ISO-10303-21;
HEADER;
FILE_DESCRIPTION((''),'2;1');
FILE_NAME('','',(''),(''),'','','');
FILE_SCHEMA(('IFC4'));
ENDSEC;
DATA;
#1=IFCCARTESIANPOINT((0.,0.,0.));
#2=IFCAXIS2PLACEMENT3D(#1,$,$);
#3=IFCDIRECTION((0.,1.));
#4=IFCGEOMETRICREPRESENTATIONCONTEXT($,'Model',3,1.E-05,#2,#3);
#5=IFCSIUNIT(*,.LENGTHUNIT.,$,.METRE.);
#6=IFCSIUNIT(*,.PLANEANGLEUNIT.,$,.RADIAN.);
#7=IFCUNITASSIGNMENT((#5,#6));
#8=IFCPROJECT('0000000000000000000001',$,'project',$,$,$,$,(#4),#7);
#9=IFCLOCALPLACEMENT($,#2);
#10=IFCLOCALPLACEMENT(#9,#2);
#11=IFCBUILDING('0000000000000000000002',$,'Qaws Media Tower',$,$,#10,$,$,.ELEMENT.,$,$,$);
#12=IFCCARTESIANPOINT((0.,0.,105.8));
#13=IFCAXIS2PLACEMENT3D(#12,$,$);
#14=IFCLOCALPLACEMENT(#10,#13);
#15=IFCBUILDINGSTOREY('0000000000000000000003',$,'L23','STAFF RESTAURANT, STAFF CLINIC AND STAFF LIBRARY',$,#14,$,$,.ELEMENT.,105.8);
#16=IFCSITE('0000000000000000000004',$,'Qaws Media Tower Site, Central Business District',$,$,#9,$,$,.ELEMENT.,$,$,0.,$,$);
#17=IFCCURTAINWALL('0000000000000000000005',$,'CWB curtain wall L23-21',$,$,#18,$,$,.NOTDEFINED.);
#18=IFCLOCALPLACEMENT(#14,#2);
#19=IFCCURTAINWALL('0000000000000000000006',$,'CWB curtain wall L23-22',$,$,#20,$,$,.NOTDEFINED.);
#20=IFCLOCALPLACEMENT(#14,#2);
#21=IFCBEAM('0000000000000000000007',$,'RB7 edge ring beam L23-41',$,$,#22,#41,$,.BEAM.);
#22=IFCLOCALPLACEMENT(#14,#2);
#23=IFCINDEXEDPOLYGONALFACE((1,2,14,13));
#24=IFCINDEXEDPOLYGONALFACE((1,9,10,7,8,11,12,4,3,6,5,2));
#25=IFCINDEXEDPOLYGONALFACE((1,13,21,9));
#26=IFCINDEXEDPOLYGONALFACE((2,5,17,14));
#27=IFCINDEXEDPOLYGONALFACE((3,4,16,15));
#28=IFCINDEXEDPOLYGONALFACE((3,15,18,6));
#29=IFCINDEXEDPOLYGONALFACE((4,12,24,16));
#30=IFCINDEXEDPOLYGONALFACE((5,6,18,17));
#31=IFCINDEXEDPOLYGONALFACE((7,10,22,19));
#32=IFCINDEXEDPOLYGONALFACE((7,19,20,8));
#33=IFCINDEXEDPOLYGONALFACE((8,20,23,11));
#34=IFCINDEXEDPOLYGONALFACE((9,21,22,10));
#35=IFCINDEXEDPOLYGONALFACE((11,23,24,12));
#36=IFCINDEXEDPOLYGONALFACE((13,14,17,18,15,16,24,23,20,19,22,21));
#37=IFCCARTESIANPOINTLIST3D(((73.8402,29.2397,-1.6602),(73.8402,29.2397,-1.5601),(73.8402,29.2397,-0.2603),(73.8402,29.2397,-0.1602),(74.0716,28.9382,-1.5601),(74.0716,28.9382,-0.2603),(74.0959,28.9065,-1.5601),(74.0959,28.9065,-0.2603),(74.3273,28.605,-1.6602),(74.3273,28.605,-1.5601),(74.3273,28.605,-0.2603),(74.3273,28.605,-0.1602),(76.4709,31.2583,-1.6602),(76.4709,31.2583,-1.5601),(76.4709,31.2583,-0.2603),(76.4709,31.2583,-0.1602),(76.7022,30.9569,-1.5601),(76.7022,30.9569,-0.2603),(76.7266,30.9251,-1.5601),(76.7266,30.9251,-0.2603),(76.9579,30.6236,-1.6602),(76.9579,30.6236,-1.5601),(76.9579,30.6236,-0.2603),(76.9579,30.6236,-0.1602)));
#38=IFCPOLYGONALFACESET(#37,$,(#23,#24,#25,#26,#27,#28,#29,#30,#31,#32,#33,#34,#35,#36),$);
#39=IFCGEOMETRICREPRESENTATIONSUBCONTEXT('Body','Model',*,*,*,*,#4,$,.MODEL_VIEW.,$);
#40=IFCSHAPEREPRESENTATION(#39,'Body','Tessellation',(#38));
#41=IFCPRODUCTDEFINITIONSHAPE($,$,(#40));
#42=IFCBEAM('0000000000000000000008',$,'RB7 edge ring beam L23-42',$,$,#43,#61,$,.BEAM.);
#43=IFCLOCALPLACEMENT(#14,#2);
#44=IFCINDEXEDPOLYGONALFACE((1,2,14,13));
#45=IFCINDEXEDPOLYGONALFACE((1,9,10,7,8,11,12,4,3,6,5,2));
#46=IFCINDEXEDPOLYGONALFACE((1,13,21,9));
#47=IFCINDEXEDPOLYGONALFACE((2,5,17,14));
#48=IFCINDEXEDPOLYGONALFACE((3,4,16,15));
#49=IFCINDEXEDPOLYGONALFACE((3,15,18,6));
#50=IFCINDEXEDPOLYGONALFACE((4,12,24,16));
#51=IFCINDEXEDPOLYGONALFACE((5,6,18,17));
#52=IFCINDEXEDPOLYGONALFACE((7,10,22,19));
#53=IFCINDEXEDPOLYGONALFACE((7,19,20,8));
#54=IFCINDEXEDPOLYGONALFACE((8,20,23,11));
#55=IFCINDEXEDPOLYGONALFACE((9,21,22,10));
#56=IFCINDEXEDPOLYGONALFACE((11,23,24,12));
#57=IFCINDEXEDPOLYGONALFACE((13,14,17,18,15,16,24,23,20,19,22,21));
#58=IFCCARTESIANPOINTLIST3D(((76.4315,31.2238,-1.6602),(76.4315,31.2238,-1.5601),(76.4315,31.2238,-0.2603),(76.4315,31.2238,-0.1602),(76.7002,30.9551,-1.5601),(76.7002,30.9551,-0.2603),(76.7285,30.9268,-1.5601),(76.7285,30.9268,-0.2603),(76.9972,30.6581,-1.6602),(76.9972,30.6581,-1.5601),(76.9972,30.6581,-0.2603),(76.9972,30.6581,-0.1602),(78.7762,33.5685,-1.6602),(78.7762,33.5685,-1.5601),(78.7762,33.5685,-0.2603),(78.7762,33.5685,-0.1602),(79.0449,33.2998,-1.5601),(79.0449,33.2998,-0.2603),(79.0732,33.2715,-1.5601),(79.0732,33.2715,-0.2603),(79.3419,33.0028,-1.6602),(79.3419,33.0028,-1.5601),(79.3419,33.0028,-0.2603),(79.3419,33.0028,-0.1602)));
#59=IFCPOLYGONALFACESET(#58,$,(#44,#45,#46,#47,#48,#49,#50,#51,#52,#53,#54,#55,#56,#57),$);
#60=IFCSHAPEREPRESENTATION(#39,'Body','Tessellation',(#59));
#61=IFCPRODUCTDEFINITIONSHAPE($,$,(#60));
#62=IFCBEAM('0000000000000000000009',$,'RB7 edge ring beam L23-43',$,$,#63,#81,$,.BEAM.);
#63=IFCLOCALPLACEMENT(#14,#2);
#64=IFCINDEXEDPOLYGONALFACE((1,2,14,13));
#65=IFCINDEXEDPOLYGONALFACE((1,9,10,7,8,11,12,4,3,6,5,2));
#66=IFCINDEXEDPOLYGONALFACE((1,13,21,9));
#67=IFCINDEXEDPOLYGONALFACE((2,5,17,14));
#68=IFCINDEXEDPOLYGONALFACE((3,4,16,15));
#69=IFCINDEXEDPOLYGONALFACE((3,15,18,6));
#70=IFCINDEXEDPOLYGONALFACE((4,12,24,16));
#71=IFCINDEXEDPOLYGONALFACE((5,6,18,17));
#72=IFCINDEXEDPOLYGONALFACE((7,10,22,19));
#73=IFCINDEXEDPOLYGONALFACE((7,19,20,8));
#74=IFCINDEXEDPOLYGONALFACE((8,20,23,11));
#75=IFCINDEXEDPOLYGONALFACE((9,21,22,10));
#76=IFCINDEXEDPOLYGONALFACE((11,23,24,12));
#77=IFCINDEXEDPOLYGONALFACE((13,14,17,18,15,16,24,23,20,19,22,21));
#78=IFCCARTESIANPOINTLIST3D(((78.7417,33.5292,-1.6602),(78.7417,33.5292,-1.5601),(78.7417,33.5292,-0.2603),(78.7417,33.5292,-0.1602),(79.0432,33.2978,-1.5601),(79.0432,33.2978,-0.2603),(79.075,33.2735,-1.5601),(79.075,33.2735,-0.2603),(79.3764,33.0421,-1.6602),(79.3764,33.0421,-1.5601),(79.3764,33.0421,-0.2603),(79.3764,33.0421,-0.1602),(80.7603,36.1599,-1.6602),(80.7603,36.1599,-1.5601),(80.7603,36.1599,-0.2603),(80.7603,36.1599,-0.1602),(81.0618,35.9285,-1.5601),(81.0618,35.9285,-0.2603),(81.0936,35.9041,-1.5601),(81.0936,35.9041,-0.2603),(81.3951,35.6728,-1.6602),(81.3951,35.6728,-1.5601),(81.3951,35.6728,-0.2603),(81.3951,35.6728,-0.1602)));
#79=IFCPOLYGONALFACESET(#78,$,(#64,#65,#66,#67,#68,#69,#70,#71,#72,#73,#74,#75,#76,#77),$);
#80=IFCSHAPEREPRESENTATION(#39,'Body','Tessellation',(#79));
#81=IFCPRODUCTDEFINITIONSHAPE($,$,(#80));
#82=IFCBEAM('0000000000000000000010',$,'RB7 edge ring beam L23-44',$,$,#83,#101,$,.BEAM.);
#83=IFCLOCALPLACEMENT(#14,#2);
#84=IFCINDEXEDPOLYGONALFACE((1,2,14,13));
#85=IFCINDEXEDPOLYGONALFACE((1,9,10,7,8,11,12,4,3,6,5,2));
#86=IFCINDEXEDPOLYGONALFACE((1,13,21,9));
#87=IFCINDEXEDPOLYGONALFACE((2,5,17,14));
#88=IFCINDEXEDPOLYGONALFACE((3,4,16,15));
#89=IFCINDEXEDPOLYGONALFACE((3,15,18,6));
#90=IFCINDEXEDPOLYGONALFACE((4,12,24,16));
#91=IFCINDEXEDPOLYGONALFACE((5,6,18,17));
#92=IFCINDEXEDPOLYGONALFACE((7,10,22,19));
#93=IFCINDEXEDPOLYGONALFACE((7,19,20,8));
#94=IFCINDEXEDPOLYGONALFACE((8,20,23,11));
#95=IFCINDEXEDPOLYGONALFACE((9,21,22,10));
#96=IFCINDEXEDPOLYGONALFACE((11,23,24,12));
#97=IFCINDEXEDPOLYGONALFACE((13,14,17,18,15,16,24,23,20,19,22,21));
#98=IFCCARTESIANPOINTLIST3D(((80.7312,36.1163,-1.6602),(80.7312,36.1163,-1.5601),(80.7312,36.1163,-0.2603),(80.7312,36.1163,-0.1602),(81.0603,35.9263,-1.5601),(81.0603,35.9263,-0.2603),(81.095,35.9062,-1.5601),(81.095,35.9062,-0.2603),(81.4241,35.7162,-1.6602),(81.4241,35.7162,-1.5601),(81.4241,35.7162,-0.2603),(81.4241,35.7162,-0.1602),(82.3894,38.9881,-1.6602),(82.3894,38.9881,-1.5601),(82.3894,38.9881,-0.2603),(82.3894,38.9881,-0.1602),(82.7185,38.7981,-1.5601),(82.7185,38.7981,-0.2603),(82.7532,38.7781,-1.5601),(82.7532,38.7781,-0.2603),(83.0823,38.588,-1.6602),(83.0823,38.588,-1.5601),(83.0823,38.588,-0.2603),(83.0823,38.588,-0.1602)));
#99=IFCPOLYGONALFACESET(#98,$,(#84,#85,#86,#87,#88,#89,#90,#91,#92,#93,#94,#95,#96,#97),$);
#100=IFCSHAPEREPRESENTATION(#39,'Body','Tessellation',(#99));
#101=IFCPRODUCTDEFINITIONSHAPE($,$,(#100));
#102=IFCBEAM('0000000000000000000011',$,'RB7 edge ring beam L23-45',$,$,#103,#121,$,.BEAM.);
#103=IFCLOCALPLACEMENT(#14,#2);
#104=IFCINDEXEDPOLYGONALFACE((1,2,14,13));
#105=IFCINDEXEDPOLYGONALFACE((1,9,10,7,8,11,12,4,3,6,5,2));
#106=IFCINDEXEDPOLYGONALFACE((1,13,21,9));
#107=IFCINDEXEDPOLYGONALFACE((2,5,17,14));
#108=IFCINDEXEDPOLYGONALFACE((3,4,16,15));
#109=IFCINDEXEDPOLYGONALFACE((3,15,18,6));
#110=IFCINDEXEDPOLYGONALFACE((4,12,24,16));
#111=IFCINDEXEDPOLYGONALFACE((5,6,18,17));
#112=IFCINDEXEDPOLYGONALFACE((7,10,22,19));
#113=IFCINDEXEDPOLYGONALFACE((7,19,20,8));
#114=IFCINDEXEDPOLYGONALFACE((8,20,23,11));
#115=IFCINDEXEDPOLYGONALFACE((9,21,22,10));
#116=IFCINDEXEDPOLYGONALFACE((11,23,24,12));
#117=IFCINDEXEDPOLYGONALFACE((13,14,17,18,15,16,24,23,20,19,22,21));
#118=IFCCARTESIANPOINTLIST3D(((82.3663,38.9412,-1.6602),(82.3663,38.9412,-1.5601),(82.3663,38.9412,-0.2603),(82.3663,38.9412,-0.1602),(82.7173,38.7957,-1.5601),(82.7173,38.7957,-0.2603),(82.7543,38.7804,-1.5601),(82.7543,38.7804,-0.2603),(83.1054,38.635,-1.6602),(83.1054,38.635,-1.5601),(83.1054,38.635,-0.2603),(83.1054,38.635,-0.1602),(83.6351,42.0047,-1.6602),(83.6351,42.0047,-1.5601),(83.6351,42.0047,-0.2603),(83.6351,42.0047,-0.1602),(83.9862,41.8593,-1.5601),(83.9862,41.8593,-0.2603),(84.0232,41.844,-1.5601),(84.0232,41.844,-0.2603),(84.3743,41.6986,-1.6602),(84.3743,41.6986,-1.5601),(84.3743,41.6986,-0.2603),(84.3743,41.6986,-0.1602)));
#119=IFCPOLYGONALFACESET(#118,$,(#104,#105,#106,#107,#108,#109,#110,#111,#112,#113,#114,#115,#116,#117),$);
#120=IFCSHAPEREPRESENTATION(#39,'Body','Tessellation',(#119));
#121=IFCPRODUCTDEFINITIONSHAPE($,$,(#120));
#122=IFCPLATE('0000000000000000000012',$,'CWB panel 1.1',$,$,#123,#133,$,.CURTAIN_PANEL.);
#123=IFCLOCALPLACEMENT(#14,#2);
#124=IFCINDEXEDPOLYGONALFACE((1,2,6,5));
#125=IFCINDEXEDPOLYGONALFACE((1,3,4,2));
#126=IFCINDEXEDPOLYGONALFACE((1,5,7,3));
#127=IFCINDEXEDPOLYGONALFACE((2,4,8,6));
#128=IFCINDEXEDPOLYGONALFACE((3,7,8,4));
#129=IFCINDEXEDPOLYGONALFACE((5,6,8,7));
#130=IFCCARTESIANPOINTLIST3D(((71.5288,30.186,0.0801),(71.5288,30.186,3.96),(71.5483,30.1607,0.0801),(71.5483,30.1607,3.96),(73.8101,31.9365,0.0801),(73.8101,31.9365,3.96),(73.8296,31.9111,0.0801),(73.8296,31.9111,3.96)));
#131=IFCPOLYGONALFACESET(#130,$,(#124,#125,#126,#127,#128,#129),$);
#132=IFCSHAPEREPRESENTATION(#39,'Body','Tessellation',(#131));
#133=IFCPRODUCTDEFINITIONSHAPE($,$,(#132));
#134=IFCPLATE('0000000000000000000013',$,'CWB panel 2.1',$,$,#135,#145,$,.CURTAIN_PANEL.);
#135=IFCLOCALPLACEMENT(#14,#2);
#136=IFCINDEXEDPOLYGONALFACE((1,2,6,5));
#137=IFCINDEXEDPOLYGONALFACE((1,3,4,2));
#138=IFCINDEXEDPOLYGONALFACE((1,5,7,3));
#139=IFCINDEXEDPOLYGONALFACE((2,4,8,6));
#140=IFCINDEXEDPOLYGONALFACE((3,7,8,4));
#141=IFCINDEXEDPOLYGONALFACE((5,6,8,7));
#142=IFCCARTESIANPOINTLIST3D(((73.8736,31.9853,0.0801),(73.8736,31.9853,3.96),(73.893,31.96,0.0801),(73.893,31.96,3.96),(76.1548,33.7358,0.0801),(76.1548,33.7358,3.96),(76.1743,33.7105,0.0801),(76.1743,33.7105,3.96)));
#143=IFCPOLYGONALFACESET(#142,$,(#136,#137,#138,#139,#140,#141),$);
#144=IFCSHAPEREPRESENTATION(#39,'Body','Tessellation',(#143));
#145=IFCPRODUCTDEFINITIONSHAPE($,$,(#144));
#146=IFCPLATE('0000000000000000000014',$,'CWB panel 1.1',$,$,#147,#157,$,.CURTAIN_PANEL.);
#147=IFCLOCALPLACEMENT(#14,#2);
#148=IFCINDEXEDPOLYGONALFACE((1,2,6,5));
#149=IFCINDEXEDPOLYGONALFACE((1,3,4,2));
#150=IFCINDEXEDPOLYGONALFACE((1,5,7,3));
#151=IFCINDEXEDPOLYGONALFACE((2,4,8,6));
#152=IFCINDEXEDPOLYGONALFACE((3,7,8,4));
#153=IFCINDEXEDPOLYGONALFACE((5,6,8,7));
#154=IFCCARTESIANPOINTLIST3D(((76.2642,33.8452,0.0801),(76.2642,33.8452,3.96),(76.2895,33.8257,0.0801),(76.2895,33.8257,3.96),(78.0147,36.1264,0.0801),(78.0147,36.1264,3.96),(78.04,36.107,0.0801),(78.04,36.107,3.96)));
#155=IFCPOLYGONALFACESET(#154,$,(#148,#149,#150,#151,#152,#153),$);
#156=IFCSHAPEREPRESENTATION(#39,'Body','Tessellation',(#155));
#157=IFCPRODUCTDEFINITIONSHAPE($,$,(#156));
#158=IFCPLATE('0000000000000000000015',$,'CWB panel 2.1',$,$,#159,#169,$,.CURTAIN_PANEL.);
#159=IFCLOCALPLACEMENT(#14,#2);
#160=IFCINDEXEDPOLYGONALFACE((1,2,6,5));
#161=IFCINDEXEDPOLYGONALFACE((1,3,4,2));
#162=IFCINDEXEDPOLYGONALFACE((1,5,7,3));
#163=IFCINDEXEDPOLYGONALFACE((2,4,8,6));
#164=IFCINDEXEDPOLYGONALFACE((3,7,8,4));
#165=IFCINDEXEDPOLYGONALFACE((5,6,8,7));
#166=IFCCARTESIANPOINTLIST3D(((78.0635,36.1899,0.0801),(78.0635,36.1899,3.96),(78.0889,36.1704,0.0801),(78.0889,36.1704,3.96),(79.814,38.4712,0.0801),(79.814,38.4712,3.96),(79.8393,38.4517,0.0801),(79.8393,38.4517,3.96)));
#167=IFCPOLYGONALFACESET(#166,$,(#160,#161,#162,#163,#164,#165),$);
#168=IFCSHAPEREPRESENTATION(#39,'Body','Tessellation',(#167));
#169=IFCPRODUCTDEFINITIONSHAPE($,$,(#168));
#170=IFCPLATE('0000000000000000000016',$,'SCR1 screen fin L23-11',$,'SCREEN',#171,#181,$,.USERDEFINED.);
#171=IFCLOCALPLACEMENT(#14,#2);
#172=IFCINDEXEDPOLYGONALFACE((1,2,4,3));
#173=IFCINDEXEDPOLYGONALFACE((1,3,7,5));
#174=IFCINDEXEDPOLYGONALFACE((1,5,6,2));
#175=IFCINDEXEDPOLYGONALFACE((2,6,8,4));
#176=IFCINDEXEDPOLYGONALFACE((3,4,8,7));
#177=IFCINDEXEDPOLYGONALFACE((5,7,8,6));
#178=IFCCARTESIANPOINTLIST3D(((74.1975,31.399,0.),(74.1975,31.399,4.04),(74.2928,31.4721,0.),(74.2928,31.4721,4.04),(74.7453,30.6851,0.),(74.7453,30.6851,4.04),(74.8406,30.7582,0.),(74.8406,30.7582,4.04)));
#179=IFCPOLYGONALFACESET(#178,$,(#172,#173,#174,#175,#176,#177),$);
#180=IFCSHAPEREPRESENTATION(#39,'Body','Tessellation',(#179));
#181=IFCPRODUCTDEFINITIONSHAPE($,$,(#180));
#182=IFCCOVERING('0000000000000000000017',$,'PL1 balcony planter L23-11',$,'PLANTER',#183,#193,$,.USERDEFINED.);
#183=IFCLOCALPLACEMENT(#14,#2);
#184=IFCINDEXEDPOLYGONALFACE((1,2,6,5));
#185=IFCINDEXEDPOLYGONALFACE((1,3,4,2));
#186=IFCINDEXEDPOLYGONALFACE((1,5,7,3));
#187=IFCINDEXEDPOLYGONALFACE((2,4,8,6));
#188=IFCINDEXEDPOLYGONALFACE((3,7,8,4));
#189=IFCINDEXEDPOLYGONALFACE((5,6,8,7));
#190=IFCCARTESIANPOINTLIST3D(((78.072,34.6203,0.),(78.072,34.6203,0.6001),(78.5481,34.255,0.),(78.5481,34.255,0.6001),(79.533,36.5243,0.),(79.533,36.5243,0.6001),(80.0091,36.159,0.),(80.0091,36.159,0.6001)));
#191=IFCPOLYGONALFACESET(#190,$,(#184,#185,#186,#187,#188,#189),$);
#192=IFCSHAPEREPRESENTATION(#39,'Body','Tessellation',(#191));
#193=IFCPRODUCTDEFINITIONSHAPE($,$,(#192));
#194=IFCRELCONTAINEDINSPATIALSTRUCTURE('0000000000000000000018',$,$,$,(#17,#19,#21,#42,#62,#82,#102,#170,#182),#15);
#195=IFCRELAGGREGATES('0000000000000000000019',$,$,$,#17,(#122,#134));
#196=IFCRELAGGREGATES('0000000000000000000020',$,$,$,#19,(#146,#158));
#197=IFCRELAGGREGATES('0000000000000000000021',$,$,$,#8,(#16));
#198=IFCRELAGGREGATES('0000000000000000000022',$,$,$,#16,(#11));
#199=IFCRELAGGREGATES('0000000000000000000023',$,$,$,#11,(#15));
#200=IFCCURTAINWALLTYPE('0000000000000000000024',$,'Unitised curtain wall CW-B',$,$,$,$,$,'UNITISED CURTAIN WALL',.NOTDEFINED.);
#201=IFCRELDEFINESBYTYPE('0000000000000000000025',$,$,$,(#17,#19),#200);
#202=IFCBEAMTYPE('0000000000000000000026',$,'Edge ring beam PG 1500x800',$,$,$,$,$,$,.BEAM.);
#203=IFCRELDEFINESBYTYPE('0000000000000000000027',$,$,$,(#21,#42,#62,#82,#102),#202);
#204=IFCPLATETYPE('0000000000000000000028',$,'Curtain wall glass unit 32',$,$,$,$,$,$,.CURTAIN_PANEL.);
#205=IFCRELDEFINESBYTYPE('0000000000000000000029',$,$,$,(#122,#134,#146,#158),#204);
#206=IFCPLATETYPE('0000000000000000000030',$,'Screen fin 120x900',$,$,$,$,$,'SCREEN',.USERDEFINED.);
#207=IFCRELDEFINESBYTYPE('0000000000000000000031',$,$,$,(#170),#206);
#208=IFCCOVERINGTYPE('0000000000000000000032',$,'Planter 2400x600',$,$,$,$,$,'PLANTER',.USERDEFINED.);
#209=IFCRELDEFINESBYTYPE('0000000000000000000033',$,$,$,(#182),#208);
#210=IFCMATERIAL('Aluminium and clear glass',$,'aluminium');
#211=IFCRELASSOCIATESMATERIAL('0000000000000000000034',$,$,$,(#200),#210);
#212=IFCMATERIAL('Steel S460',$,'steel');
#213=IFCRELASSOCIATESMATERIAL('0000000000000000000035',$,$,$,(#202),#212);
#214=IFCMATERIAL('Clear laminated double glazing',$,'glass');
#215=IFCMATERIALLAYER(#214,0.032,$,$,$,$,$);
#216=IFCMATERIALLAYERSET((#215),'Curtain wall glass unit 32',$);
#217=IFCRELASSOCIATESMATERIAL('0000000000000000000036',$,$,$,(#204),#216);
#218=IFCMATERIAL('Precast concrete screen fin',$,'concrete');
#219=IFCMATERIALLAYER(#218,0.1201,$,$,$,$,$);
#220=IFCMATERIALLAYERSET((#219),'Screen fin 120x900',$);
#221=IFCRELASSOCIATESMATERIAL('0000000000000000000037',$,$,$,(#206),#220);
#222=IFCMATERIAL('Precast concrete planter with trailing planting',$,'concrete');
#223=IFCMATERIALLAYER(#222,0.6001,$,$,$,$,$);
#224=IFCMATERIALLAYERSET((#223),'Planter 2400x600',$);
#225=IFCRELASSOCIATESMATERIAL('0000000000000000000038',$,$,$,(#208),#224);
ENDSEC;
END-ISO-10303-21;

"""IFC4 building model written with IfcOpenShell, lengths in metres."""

from ifc_helpers import new_model, si_unit, direction, frame, origin, origin_2d, place, context, subcontext, project, spatial, rectangle, i_section, extrude, material, layer, layer_set, material_profile, profile_set, type_object, element, aggregate, save


model = new_model("IFC4")

# Units and contexts
model_context = context("Model", 3, precision=1e-05, world=origin(), true_north=direction((0.0, 1.0)))
body_context = subcontext(model_context, "Body", "Model", "MODEL_VIEW")
ifc_project = project(units=[si_unit("LENGTHUNIT", "METRE"), si_unit("PLANEANGLEUNIT", "RADIAN")], contexts=[model_context])

# Site, building, storey
site_placement = place(None, origin())
site = spatial("IfcSite", under=ifc_project, at=site_placement, Name="Qaws Media Tower Site, Central Business District", CompositionType="ELEMENT", RefElevation=0.0)
building_placement = place(site_placement, origin())
building = spatial("IfcBuilding", under=site, at=building_placement, Name="Qaws Media Tower", CompositionType="ELEMENT")
storey_placement = place(building_placement, frame((0.0, 0.0, 105.8)))
storey = spatial("IfcBuildingStorey", under=building, at=storey_placement, Name="L23", Description="STAFF RESTAURANT, STAFF CLINIC AND STAFF LIBRARY", CompositionType="ELEMENT", Elevation=105.8)

# Curtain walls
ifc_material_1 = material(Name="Aluminium and clear glass", Category="aluminium")
curtain_wall_type = type_object("IfcCurtainWallType", Name="Unitised curtain wall CW-B", ElementType="UNITISED CURTAIN WALL", PredefinedType="NOTDEFINED", material=ifc_material_1)
curtain_wall_1_placement = place(storey_placement, origin())
curtain_wall_1 = element("IfcCurtainWall", 1, at=curtain_wall_1_placement, inside=storey, type_object=curtain_wall_type, Name="CWB curtain wall L23-21", PredefinedType="NOTDEFINED")
curtain_wall_2_placement = place(storey_placement, origin())
curtain_wall_2 = element("IfcCurtainWall", 2, at=curtain_wall_2_placement, inside=storey, type_object=curtain_wall_type, Name="CWB curtain wall L23-22", PredefinedType="NOTDEFINED")

# Beams
ifc_material_2 = material(Name="Steel S460", Category="steel")
ifc_material_profile_1 = material_profile(ifc_material_2, i_section(OverallWidth=0.8, OverallDepth=1.5, WebThickness=0.04, FlangeThickness=0.1001, at=origin_2d()), Name="PG 1500x800")
ifc_profile_set_1 = profile_set([ifc_material_profile_1], Name="Steel S460")
beam_type = type_object("IfcBeamType", Name="Edge ring beam PG 1500x800", PredefinedType="BEAM", material=ifc_profile_set_1)
for number, where, z_axis, x_axis, name in (
    (3, (74.0837, 28.9224, -0.9102), (0.793352, 0.608764, 0.0), (-0.608764, 0.793352, 0.0), "RB7 edge ring beam L23-41"),
    (4, (76.7144, 30.9409, -0.9102), (0.707107, 0.707107, 0.0), (-0.707107, 0.707107, 0.0), "RB7 edge ring beam L23-42"),
    (5, (79.0591, 33.2856, -0.9102), (0.608764, 0.793352, 0.0), (-0.793352, 0.608764, 0.0), "RB7 edge ring beam L23-43"),
):
    element("IfcBeam", number, at=place(storey_placement, frame(where, z_axis=z_axis, x_axis=x_axis)), inside=storey, type_object=beam_type, Name=name, PredefinedType="BEAM", context=body_context, shape_type="SweptSolid", body=[
        extrude(i_section(OverallWidth=0.8, OverallDepth=1.5, WebThickness=0.04, FlangeThickness=0.1001, at=origin_2d()), origin(), (0.0, 0.0, 1.0), 3.3159),
    ])
beam_1_placement = place(storey_placement, frame((81.0776, 35.9163, -0.9102), z_axis=(0.500035, 0.866005, 0.0), x_axis=(-0.866005, 0.500035, 0.0)))
element("IfcBeam", 6, at=beam_1_placement, inside=storey, type_object=beam_type, Name="RB7 edge ring beam L23-44", PredefinedType="BEAM", context=body_context, shape_type="SweptSolid", body=[
    extrude(i_section(OverallWidth=0.8, OverallDepth=1.5, WebThickness=0.04, FlangeThickness=0.1001, at=origin_2d()), origin(), (0.0, 0.0, 1.0), 3.3162),
])
beam_2_placement = place(storey_placement, frame((82.7358, 38.7881, -0.9102), z_axis=(0.382649, 0.923894, 0.0), x_axis=(-0.923894, 0.382649, 0.0)))
element("IfcBeam", 7, at=beam_2_placement, inside=storey, type_object=beam_type, Name="RB7 edge ring beam L23-45", PredefinedType="BEAM", context=body_context, shape_type="SweptSolid", body=[
    extrude(i_section(OverallWidth=0.8, OverallDepth=1.5, WebThickness=0.04, FlangeThickness=0.1001, at=origin_2d()), origin(), (0.0, 0.0, 1.0), 3.3159),
])

# Plates
ifc_material_3 = material(Name="Clear laminated double glazing", Category="glass")
ifc_layer_1 = layer(ifc_material_3, 0.032)
ifc_layer_set_1 = layer_set([ifc_layer_1], Name="Curtain wall glass unit 32")
plate_type_1 = type_object("IfcPlateType", Name="Curtain wall glass unit 32", PredefinedType="CURTAIN_PANEL", material=ifc_layer_set_1)
plate_1_placement = place(storey_placement, frame((72.6792, 31.0486, 0.0801), z_axis=(0.0, 0.0, 1.0), x_axis=(0.793353, 0.608761, 0.0)))
plate_1 = element("IfcPlate", 8, at=plate_1_placement, type_object=plate_type_1, Name="CWB panel 1.1", PredefinedType="CURTAIN_PANEL", context=body_context, shape_type="SweptSolid", body=[
    extrude(rectangle(XDim=2.8755, YDim=0.032, at=origin_2d()), origin(), (0.0, 0.0, 1.0), 3.8799),
])
plate_2_placement = place(storey_placement, frame((75.0239, 32.8479, 0.0801), z_axis=(0.0, 0.0, 1.0), x_axis=(0.793353, 0.608761, 0.0)))
plate_2 = element("IfcPlate", 9, at=plate_2_placement, type_object=plate_type_1, Name="CWB panel 2.1", PredefinedType="CURTAIN_PANEL", context=body_context, shape_type="SweptSolid", body=[
    extrude(rectangle(XDim=2.8755, YDim=0.032, at=origin_2d()), origin(), (0.0, 0.0, 1.0), 3.8799),
])
aggregate(curtain_wall_1, [plate_1, plate_2])
plate_3_placement = place(storey_placement, frame((77.1521, 34.9761, 0.0801), z_axis=(0.0, 0.0, 1.0), x_axis=(0.608761, 0.793353, 0.0)))
plate_3 = element("IfcPlate", 10, at=plate_3_placement, type_object=plate_type_1, Name="CWB panel 1.1", PredefinedType="CURTAIN_PANEL", context=body_context, shape_type="SweptSolid", body=[
    extrude(rectangle(XDim=2.8755, YDim=0.032, at=origin_2d()), origin(), (0.0, 0.0, 1.0), 3.8799),
])
plate_4_placement = place(storey_placement, frame((78.9514, 37.3208, 0.0801), z_axis=(0.0, 0.0, 1.0), x_axis=(0.608761, 0.793353, 0.0)))
plate_4 = element("IfcPlate", 11, at=plate_4_placement, type_object=plate_type_1, Name="CWB panel 2.1", PredefinedType="CURTAIN_PANEL", context=body_context, shape_type="SweptSolid", body=[
    extrude(rectangle(XDim=2.8755, YDim=0.032, at=origin_2d()), origin(), (0.0, 0.0, 1.0), 3.8799),
])
aggregate(curtain_wall_2, [plate_3, plate_4])
ifc_material_4 = material(Name="Precast concrete screen fin", Category="concrete")
ifc_layer_2 = layer(ifc_material_4, 0.1201)
ifc_layer_set_2 = layer_set([ifc_layer_2], Name="Screen fin 120x900")
plate_type_2 = type_object("IfcPlateType", Name="Screen fin 120x900", ElementType="SCREEN", PredefinedType="USERDEFINED", material=ifc_layer_set_2)
plate_5_placement = place(storey_placement, frame((74.519, 31.0786, 0.0), z_axis=(0.0, 0.0, 1.0), x_axis=(0.608761, -0.793353, 0.0)))
element("IfcPlate", 12, at=plate_5_placement, inside=storey, type_object=plate_type_2, Name="SCR1 screen fin L23-11", ObjectType="SCREEN", PredefinedType="USERDEFINED", context=body_context, shape_type="SweptSolid", body=[
    extrude(rectangle(XDim=0.8999, YDim=0.1201, at=origin_2d()), origin(), (0.0, 0.0, 1.0), 4.04),
])

# Covering
ifc_material_5 = material(Name="Precast concrete planter with trailing planting", Category="concrete")
ifc_layer_3 = layer(ifc_material_5, 0.6001)
ifc_layer_set_3 = layer_set([ifc_layer_3], Name="Planter 2400x600")
covering_type = type_object("IfcCoveringType", Name="Planter 2400x600", ElementType="PLANTER", PredefinedType="USERDEFINED", material=ifc_layer_set_3)
covering_placement = place(storey_placement, frame((79.0405, 35.3896, 0.0), z_axis=(0.0, 0.0, 1.0), x_axis=(0.608761, 0.793353, 0.0)))
element("IfcCovering", 13, at=covering_placement, inside=storey, type_object=covering_type, Name="PL1 balcony planter L23-11", ObjectType="PLANTER", PredefinedType="USERDEFINED", context=body_context, shape_type="SweptSolid", body=[
    extrude(rectangle(XDim=2.3999, YDim=0.6001, at=origin_2d()), origin(), (0.0, 0.0, 1.0), 0.6001),
])

save(model, "model.ifc")
